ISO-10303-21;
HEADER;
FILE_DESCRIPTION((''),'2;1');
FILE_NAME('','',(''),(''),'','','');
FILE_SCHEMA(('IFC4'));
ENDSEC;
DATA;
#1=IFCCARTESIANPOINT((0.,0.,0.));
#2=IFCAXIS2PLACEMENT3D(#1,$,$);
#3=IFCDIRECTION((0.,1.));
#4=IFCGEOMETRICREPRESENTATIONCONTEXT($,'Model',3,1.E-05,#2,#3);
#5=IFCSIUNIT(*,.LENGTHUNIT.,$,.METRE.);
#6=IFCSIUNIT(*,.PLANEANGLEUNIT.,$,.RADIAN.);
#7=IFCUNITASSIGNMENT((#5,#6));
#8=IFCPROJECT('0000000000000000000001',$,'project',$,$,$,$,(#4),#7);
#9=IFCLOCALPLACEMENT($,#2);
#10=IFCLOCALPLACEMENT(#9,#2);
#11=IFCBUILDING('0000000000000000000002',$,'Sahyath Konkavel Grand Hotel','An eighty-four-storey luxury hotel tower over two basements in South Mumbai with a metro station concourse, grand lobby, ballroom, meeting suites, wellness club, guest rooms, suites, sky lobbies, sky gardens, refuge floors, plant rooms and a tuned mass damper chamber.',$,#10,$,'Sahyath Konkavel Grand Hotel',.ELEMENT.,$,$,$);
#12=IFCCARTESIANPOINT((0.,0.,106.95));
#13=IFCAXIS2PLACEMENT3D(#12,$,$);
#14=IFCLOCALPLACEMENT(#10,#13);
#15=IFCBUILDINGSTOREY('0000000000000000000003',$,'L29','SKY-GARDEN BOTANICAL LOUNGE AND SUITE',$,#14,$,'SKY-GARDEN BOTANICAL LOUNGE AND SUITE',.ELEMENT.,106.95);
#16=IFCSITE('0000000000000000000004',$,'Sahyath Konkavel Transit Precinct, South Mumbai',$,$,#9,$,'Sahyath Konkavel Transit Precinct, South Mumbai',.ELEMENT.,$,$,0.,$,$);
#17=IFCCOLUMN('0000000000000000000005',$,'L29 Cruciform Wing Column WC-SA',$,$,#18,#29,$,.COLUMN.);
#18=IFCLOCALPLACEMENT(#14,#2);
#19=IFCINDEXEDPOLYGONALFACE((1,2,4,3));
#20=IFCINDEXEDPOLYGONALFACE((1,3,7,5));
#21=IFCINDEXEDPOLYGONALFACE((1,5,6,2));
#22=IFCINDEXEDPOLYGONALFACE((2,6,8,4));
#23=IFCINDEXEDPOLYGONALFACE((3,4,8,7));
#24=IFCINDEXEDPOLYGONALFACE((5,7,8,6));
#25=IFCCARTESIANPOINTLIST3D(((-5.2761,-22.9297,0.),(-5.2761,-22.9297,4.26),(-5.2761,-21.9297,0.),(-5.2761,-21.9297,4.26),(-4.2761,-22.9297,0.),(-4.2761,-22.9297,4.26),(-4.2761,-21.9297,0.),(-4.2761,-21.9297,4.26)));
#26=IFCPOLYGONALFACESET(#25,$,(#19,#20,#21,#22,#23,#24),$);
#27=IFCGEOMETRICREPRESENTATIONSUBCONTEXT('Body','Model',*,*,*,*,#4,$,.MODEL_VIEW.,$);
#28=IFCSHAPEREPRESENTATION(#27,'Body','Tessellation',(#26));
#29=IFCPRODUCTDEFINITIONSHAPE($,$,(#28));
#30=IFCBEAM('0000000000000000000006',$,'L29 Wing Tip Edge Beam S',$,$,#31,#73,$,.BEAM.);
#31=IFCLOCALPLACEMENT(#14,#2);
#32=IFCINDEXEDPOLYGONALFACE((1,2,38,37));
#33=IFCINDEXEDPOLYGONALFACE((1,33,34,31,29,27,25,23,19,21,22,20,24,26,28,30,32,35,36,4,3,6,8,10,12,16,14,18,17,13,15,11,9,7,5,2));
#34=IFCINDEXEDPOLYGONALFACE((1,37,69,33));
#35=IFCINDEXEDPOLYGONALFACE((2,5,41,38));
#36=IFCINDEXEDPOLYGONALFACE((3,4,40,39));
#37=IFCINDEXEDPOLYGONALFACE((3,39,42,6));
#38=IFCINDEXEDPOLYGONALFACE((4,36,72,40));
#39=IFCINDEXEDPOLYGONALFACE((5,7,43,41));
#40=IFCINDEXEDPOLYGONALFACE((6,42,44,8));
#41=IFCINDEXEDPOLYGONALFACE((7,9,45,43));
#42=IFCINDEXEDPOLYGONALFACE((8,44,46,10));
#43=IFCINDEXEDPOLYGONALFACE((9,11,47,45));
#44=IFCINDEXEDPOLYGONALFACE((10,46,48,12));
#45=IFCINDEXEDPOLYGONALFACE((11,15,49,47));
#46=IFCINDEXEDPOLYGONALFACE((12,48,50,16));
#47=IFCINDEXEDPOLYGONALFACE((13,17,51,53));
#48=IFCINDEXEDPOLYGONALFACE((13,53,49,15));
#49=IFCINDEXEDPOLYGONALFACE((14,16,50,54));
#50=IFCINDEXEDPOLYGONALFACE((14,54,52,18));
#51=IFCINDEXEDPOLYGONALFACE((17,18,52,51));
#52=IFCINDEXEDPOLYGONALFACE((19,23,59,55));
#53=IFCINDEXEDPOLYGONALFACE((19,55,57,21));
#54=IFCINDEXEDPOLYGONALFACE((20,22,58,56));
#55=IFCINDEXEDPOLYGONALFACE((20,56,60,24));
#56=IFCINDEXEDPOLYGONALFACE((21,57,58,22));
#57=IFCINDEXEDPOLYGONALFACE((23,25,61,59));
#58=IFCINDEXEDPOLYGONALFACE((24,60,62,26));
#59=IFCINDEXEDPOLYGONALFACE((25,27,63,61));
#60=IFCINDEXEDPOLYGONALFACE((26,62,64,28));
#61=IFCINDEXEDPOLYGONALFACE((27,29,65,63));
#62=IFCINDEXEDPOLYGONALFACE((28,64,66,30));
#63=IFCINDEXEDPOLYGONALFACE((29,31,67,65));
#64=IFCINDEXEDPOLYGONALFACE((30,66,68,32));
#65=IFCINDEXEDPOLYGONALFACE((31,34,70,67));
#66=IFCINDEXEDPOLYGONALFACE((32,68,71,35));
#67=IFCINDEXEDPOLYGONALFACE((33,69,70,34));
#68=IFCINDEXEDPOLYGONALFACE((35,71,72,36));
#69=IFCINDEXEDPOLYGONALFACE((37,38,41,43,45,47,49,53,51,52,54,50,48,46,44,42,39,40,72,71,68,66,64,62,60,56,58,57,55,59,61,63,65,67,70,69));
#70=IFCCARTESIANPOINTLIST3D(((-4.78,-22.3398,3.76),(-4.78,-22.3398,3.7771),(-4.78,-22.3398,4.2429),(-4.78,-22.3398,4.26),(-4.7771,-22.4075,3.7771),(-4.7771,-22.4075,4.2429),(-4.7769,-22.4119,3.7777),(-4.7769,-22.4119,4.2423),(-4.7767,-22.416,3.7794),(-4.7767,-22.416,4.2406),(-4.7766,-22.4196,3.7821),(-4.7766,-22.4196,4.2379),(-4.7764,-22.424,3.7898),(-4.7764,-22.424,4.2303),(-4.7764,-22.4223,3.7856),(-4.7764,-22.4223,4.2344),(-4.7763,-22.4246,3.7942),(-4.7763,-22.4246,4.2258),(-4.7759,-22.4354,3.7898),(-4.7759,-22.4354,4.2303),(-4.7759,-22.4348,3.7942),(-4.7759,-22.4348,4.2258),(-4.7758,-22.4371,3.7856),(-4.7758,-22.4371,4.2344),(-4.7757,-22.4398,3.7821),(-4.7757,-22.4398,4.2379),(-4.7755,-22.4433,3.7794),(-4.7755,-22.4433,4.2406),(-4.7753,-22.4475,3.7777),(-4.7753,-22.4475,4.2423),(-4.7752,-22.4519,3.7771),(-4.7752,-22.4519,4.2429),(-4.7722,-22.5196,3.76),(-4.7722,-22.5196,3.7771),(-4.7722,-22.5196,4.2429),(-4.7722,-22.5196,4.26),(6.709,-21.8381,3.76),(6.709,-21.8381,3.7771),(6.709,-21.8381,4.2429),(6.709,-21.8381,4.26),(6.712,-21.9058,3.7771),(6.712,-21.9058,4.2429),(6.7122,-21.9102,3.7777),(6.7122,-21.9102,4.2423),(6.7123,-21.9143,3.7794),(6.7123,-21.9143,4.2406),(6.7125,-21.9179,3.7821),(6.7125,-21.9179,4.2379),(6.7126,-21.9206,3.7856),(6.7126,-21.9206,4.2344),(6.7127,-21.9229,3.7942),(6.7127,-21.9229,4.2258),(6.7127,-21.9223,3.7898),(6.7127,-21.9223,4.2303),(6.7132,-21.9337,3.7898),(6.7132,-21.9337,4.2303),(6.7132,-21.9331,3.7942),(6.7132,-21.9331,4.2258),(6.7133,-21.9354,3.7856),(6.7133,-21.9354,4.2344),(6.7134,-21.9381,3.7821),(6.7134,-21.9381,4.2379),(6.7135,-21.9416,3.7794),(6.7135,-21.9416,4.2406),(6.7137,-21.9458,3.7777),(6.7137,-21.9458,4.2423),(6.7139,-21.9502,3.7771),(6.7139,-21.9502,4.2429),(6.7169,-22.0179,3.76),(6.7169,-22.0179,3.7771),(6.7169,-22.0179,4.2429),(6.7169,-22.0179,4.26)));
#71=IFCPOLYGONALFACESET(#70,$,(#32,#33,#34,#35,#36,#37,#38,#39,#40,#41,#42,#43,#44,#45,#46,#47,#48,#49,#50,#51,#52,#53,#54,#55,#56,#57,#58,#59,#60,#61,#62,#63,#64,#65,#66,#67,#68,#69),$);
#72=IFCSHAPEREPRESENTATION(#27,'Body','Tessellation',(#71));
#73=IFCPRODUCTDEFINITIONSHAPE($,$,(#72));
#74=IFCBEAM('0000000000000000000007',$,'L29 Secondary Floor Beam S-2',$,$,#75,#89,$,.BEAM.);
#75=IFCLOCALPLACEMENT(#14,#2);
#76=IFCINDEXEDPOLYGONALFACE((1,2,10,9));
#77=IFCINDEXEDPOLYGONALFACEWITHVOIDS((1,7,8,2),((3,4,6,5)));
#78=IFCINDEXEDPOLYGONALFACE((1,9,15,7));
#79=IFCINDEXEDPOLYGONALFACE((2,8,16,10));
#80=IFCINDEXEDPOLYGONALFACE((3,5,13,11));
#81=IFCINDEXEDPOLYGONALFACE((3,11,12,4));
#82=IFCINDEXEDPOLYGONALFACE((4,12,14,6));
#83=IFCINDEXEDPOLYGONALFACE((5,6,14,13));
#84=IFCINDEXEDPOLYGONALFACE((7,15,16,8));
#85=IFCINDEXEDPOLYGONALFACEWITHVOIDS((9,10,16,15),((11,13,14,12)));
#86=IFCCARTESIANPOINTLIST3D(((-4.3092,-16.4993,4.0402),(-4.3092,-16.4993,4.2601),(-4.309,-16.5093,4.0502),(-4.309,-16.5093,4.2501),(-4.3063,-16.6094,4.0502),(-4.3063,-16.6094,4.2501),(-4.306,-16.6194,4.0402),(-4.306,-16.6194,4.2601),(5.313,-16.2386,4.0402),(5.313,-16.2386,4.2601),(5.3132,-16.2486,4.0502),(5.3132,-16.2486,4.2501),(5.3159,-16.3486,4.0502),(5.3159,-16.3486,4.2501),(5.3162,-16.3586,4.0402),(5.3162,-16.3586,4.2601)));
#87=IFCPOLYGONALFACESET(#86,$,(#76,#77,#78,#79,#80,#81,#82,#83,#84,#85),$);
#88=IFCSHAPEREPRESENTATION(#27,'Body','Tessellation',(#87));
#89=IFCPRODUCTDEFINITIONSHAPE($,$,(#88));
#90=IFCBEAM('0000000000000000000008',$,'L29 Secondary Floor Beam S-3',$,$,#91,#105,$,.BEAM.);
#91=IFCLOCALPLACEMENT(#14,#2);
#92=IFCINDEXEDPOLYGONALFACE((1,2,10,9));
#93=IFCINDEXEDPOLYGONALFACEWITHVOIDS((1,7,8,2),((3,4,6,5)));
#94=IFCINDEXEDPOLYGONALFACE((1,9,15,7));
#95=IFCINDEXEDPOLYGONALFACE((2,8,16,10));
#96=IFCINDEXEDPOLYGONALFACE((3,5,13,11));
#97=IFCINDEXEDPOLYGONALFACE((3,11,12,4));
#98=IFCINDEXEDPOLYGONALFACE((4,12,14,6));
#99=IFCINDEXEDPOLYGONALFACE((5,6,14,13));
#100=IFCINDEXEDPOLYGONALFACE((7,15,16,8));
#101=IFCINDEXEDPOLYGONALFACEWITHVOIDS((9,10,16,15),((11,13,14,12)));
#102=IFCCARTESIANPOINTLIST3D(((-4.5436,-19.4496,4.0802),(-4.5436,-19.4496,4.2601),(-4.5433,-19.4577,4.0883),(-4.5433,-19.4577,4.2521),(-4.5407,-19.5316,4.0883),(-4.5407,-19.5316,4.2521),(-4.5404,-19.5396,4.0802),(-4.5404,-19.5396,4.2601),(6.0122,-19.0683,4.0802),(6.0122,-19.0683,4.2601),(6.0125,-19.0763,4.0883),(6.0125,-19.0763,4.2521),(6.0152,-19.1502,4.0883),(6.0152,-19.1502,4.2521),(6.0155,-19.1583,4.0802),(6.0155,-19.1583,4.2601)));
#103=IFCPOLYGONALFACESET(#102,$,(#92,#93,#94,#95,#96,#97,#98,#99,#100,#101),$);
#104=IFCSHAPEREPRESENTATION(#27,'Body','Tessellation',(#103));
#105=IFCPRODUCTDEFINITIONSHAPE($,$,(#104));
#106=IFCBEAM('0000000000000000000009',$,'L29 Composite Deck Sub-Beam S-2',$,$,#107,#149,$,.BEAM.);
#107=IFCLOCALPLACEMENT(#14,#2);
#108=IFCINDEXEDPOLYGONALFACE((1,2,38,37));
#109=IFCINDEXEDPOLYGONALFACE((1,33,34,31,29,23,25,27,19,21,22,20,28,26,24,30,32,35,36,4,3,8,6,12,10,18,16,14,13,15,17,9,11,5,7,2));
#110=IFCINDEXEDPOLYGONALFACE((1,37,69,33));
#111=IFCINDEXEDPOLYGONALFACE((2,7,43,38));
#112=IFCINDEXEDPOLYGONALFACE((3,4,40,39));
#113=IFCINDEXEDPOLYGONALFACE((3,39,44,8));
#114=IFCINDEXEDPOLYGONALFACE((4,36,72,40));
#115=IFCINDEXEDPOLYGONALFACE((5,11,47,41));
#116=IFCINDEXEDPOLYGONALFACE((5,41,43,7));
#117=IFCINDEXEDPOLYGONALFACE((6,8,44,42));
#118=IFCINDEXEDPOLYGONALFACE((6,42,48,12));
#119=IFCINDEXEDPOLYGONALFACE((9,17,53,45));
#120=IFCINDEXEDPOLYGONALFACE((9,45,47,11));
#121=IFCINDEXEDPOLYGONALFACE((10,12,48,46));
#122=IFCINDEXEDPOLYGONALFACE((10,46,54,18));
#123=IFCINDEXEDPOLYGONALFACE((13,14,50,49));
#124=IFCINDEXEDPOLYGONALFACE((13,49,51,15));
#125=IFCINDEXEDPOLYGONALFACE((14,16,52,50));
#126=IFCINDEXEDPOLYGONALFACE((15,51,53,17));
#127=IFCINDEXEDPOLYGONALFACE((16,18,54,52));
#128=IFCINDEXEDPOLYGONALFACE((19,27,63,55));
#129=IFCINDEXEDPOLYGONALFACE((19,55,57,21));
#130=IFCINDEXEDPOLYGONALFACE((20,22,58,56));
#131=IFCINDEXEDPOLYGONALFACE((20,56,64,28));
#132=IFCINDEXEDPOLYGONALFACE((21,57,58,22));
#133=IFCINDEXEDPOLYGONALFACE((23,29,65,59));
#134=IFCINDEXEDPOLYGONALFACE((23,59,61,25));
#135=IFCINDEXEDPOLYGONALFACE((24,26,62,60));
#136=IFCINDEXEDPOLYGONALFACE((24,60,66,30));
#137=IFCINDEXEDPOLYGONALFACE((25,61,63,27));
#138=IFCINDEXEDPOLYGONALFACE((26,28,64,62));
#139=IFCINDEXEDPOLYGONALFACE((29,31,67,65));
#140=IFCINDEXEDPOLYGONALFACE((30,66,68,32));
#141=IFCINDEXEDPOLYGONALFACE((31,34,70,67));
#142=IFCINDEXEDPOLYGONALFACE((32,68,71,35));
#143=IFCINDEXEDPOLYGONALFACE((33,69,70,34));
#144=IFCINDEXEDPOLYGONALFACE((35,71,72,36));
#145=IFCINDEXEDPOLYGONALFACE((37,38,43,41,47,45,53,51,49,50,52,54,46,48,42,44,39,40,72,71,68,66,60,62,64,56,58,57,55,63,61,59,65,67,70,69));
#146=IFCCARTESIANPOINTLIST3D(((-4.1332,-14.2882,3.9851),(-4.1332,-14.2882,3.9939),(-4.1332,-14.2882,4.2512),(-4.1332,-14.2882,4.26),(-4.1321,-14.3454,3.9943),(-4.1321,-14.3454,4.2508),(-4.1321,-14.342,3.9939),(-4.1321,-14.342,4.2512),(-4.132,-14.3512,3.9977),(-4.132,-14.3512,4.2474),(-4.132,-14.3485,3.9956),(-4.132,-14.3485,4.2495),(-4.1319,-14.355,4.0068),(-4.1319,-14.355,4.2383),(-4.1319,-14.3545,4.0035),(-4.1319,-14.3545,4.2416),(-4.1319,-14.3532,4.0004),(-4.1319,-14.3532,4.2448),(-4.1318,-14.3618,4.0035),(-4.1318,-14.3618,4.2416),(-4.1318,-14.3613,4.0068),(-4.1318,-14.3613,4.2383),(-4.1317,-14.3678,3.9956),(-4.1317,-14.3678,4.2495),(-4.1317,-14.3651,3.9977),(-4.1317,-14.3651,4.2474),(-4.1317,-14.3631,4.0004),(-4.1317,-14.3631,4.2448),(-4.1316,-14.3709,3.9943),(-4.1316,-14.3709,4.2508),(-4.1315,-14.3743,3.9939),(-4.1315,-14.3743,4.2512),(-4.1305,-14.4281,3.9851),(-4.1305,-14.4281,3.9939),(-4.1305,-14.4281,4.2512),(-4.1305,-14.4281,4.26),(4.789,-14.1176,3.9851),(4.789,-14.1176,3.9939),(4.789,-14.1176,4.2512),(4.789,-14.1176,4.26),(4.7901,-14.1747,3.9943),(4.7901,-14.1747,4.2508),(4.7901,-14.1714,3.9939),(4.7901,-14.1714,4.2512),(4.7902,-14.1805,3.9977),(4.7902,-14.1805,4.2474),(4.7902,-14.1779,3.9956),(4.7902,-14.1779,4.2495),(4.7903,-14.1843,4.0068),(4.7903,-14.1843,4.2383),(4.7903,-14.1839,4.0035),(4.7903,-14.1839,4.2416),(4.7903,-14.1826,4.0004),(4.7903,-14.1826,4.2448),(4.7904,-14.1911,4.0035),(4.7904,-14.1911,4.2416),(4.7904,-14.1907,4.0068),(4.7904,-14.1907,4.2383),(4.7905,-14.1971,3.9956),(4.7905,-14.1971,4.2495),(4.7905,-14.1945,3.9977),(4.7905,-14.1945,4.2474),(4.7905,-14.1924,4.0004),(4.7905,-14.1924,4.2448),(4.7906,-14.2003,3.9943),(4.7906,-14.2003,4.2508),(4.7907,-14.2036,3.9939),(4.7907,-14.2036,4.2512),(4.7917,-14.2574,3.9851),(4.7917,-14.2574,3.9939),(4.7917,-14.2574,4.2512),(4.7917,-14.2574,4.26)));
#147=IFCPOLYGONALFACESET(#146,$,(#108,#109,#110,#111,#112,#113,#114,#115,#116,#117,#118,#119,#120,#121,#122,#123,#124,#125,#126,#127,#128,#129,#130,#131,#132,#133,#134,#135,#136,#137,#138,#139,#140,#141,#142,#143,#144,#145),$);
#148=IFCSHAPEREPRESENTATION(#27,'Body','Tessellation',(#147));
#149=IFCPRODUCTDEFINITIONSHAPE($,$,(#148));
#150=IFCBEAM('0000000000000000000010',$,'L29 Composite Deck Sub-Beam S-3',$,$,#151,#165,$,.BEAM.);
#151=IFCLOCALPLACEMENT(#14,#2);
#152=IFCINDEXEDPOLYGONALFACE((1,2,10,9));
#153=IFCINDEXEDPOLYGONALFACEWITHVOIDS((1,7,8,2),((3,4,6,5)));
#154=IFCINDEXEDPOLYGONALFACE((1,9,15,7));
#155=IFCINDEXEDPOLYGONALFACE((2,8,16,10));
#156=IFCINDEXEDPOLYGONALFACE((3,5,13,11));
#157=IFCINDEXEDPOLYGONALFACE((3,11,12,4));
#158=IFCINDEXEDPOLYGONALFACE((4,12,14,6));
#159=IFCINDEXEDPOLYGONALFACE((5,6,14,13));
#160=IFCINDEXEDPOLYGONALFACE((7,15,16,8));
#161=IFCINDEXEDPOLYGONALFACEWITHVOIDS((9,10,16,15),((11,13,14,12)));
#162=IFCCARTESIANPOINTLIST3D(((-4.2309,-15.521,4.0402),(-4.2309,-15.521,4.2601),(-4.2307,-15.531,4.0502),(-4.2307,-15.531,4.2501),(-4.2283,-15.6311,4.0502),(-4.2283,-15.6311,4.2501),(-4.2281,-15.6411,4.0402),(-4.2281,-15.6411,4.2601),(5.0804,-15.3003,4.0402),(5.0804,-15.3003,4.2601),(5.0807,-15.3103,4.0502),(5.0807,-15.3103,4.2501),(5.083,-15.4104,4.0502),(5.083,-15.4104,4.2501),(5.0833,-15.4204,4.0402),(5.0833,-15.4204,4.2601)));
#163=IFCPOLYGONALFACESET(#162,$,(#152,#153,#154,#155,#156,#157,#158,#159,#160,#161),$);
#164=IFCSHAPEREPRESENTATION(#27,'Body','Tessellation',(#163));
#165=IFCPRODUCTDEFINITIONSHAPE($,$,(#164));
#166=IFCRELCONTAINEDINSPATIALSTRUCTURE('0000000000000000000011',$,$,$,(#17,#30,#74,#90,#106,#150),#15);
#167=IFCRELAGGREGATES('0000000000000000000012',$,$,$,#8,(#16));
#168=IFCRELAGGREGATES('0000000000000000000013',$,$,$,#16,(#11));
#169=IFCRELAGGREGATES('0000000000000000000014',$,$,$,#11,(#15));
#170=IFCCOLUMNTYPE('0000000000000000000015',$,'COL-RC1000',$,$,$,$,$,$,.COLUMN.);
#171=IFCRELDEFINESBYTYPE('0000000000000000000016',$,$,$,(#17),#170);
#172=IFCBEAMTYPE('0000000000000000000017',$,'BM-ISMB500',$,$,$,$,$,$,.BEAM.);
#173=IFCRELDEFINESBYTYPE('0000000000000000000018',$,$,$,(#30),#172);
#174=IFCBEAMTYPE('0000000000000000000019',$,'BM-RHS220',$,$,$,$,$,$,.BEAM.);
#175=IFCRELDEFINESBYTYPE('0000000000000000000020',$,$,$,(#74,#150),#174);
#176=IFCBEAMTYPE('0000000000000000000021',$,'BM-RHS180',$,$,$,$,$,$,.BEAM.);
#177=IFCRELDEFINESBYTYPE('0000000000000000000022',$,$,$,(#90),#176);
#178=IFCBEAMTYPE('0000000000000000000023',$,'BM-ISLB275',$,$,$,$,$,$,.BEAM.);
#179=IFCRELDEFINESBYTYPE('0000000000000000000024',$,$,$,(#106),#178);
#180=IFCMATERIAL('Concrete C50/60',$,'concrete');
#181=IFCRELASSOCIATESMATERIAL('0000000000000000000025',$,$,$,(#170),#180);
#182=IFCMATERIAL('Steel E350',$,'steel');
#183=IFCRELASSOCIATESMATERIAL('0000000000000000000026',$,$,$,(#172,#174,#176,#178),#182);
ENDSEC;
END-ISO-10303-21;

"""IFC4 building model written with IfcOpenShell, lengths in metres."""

from ifc_helpers import new_model, si_unit, direction, frame, origin, origin_2d, place, context, subcontext, project, spatial, rectangle, hollow_rectangle, i_section, extrude, source, transform, mapped, material, material_profile, profile_set, type_object, element, save


model = new_model("IFC4")

# Units and contexts
model_context = context("Model", 3, precision=1e-05, world=origin(), true_north=direction((0.0, 1.0)))
body_context = subcontext(model_context, "Body", "Model", "MODEL_VIEW")
ifc_project = project(units=[si_unit("LENGTHUNIT", "METRE"), si_unit("PLANEANGLEUNIT", "RADIAN")], contexts=[model_context])

# Site, building, storey
site_placement = place(None, origin())
site = spatial("IfcSite", under=ifc_project, at=site_placement, Name="Sahyath Konkavel Transit Precinct, South Mumbai", LongName="Sahyath Konkavel Transit Precinct, South Mumbai", CompositionType="ELEMENT", RefElevation=0.0)
building_placement = place(site_placement, origin())
building = spatial("IfcBuilding", under=site, at=building_placement, Name="Sahyath Konkavel Grand Hotel", Description="An eighty-four-storey luxury hotel tower over two basements in South Mumbai with a metro station concourse, grand lobby, ballroom, meeting suites, wellness club, guest rooms, suites, sky lobbies, sky gardens, refuge floors, plant rooms and a tuned mass damper chamber.", LongName="Sahyath Konkavel Grand Hotel", CompositionType="ELEMENT")
storey_placement = place(building_placement, frame((0.0, 0.0, 106.95)))
storey = spatial("IfcBuildingStorey", under=building, at=storey_placement, Name="L29", Description="SKY-GARDEN BOTANICAL LOUNGE AND SUITE", LongName="SKY-GARDEN BOTANICAL LOUNGE AND SUITE", CompositionType="ELEMENT", Elevation=106.95)

# Column
ifc_material_1 = material(Name="Concrete C50/60", Category="concrete")
ifc_material_profile_1 = material_profile(ifc_material_1, rectangle(XDim=1.0, YDim=1.0, at=origin_2d()), Name="RC 1000x1000")
ifc_profile_set_1 = profile_set([ifc_material_profile_1], Name="Concrete C50/60")
column_type = type_object("IfcColumnType", Name="COL-RC1000", PredefinedType="COLUMN", material=ifc_profile_set_1)
shared_shape_1 = source(origin(), body_context, "Body", "SweptSolid", [
    extrude(rectangle(XDim=1.0, YDim=1.0, at=origin_2d()), origin(), (0.0, 0.0, 1.0), 4.26),
])
column_placement = place(storey_placement, frame((-4.7761, -22.4297, 0.0), z_axis=(0.0, 0.0, 1.0), x_axis=(1.0, 0.0, 0.0)))
element("IfcColumn", 1, at=column_placement, inside=storey, type_object=column_type, Name="L29 Cruciform Wing Column WC-SA", PredefinedType="COLUMN", context=body_context, shape_type="MappedRepresentation", body=[
    mapped(shared_shape_1, transform((0.0, 0.0, 0.0), scale=1.0)),
])

# Beams
ifc_material_2 = material(Name="Steel E350", Category="steel")
ifc_material_profile_2 = material_profile(ifc_material_2, i_section(OverallWidth=0.1799, OverallDepth=0.5, WebThickness=0.0103, FlangeThickness=0.0171, FilletRadius=0.0171, at=origin_2d()), Name="ISMB 500")
ifc_profile_set_2 = profile_set([ifc_material_profile_2], Name="Steel E350")
beam_type_1 = type_object("IfcBeamType", Name="BM-ISMB500", PredefinedType="BEAM", material=ifc_profile_set_2)
shared_shape_2 = source(origin(), body_context, "Body", "SweptSolid", [
    extrude(i_section(OverallWidth=0.1799, OverallDepth=0.5, WebThickness=0.0103, FlangeThickness=0.0171, FilletRadius=0.0171, at=origin_2d()), origin(), (0.0, 0.0, 1.0), 11.5),
])
beam_1_placement = place(storey_placement, frame((-4.7761, -22.4297, 4.01), z_axis=(0.999048, 0.043627, 0.0), x_axis=(-0.043627, 0.999048, 0.0)))
element("IfcBeam", 2, at=beam_1_placement, inside=storey, type_object=beam_type_1, Name="L29 Wing Tip Edge Beam S", PredefinedType="BEAM", context=body_context, shape_type="MappedRepresentation", body=[
    mapped(shared_shape_2, transform((0.0, 0.0, 0.0), scale=1.0)),
])
ifc_material_profile_3 = material_profile(ifc_material_2, hollow_rectangle(XDim=0.1201, YDim=0.22, WallThickness=0.01, at=origin_2d()), Name="RHS 220x120x10")
ifc_profile_set_3 = profile_set([ifc_material_profile_3], Name="Steel E350")
beam_type_2 = type_object("IfcBeamType", Name="BM-RHS220", PredefinedType="BEAM", material=ifc_profile_set_3)
shared_shape_3 = source(origin(), body_context, "Body", "SweptSolid", [
    extrude(hollow_rectangle(XDim=0.1201, YDim=0.22, WallThickness=0.01, at=origin_2d()), origin(), (0.0, 0.0, 1.0), 9.6257),
])
beam_2_placement = place(storey_placement, frame((-4.3076, -16.5593, 4.1501), z_axis=(0.999633, 0.027088, 0.0), x_axis=(-0.027088, 0.999633, 0.0)))
element("IfcBeam", 3, at=beam_2_placement, inside=storey, type_object=beam_type_2, Name="L29 Secondary Floor Beam S-2", PredefinedType="BEAM", context=body_context, shape_type="MappedRepresentation", body=[
    mapped(shared_shape_3, transform((0.0, 0.0, 0.0), scale=1.0)),
])
ifc_material_profile_4 = material_profile(ifc_material_2, hollow_rectangle(XDim=0.0901, YDim=0.1799, WallThickness=0.0081, at=origin_2d()), Name="RHS 180x90x8")
ifc_profile_set_4 = profile_set([ifc_material_profile_4], Name="Steel E350")
beam_type_3 = type_object("IfcBeamType", Name="BM-RHS180", PredefinedType="BEAM", material=ifc_profile_set_4)
shared_shape_4 = source(origin(), body_context, "Body", "SweptSolid", [
    extrude(hollow_rectangle(XDim=0.0901, YDim=0.1799, WallThickness=0.0081, at=origin_2d()), origin(), (0.0, 0.0, 1.0), 10.5627),
])
beam_3_placement = place(storey_placement, frame((-4.542, -19.4946, 4.1702), z_axis=(0.999348, 0.036103, 0.0), x_axis=(-0.036103, 0.999348, 0.0)))
element("IfcBeam", 4, at=beam_3_placement, inside=storey, type_object=beam_type_3, Name="L29 Secondary Floor Beam S-3", PredefinedType="BEAM", context=body_context, shape_type="MappedRepresentation", body=[
    mapped(shared_shape_4, transform((0.0, 0.0, 0.0), scale=1.0)),
])
ifc_material_profile_5 = material_profile(ifc_material_2, i_section(OverallWidth=0.1399, OverallDepth=0.2749, WebThickness=0.0063, FlangeThickness=0.0088, FilletRadius=0.0129, at=origin_2d()), Name="ISLB 275")
ifc_profile_set_5 = profile_set([ifc_material_profile_5], Name="Steel E350")
beam_type_4 = type_object("IfcBeamType", Name="BM-ISLB275", PredefinedType="BEAM", material=ifc_profile_set_5)
shared_shape_5 = source(origin(), body_context, "Body", "SweptSolid", [
    extrude(i_section(OverallWidth=0.1399, OverallDepth=0.2749, WebThickness=0.0063, FlangeThickness=0.0088, FilletRadius=0.0129, at=origin_2d()), origin(), (0.0, 0.0, 1.0), 8.9238),
])
beam_4_placement = place(storey_placement, frame((-4.1318, -14.3582, 4.1226), z_axis=(0.999817, 0.019124, 0.0), x_axis=(-0.019124, 0.999817, 0.0)))
element("IfcBeam", 5, at=beam_4_placement, inside=storey, type_object=beam_type_4, Name="L29 Composite Deck Sub-Beam S-2", PredefinedType="BEAM", context=body_context, shape_type="MappedRepresentation", body=[
    mapped(shared_shape_5, transform((0.0, 0.0, 0.0), scale=1.0)),
])
shared_shape_6 = source(origin(), body_context, "Body", "SweptSolid", [
    extrude(hollow_rectangle(XDim=0.1201, YDim=0.22, WallThickness=0.01, at=origin_2d()), origin(), (0.0, 0.0, 1.0), 9.314),
])
beam_5_placement = place(storey_placement, frame((-4.2295, -15.5811, 4.1501), z_axis=(0.999719, 0.023696, 0.0), x_axis=(-0.023696, 0.999719, 0.0)))
element("IfcBeam", 6, at=beam_5_placement, inside=storey, type_object=beam_type_2, Name="L29 Composite Deck Sub-Beam S-3", PredefinedType="BEAM", context=body_context, shape_type="MappedRepresentation", body=[
    mapped(shared_shape_6, transform((0.0, 0.0, 0.0), scale=1.0)),
])

save(model, "model.ifc")
